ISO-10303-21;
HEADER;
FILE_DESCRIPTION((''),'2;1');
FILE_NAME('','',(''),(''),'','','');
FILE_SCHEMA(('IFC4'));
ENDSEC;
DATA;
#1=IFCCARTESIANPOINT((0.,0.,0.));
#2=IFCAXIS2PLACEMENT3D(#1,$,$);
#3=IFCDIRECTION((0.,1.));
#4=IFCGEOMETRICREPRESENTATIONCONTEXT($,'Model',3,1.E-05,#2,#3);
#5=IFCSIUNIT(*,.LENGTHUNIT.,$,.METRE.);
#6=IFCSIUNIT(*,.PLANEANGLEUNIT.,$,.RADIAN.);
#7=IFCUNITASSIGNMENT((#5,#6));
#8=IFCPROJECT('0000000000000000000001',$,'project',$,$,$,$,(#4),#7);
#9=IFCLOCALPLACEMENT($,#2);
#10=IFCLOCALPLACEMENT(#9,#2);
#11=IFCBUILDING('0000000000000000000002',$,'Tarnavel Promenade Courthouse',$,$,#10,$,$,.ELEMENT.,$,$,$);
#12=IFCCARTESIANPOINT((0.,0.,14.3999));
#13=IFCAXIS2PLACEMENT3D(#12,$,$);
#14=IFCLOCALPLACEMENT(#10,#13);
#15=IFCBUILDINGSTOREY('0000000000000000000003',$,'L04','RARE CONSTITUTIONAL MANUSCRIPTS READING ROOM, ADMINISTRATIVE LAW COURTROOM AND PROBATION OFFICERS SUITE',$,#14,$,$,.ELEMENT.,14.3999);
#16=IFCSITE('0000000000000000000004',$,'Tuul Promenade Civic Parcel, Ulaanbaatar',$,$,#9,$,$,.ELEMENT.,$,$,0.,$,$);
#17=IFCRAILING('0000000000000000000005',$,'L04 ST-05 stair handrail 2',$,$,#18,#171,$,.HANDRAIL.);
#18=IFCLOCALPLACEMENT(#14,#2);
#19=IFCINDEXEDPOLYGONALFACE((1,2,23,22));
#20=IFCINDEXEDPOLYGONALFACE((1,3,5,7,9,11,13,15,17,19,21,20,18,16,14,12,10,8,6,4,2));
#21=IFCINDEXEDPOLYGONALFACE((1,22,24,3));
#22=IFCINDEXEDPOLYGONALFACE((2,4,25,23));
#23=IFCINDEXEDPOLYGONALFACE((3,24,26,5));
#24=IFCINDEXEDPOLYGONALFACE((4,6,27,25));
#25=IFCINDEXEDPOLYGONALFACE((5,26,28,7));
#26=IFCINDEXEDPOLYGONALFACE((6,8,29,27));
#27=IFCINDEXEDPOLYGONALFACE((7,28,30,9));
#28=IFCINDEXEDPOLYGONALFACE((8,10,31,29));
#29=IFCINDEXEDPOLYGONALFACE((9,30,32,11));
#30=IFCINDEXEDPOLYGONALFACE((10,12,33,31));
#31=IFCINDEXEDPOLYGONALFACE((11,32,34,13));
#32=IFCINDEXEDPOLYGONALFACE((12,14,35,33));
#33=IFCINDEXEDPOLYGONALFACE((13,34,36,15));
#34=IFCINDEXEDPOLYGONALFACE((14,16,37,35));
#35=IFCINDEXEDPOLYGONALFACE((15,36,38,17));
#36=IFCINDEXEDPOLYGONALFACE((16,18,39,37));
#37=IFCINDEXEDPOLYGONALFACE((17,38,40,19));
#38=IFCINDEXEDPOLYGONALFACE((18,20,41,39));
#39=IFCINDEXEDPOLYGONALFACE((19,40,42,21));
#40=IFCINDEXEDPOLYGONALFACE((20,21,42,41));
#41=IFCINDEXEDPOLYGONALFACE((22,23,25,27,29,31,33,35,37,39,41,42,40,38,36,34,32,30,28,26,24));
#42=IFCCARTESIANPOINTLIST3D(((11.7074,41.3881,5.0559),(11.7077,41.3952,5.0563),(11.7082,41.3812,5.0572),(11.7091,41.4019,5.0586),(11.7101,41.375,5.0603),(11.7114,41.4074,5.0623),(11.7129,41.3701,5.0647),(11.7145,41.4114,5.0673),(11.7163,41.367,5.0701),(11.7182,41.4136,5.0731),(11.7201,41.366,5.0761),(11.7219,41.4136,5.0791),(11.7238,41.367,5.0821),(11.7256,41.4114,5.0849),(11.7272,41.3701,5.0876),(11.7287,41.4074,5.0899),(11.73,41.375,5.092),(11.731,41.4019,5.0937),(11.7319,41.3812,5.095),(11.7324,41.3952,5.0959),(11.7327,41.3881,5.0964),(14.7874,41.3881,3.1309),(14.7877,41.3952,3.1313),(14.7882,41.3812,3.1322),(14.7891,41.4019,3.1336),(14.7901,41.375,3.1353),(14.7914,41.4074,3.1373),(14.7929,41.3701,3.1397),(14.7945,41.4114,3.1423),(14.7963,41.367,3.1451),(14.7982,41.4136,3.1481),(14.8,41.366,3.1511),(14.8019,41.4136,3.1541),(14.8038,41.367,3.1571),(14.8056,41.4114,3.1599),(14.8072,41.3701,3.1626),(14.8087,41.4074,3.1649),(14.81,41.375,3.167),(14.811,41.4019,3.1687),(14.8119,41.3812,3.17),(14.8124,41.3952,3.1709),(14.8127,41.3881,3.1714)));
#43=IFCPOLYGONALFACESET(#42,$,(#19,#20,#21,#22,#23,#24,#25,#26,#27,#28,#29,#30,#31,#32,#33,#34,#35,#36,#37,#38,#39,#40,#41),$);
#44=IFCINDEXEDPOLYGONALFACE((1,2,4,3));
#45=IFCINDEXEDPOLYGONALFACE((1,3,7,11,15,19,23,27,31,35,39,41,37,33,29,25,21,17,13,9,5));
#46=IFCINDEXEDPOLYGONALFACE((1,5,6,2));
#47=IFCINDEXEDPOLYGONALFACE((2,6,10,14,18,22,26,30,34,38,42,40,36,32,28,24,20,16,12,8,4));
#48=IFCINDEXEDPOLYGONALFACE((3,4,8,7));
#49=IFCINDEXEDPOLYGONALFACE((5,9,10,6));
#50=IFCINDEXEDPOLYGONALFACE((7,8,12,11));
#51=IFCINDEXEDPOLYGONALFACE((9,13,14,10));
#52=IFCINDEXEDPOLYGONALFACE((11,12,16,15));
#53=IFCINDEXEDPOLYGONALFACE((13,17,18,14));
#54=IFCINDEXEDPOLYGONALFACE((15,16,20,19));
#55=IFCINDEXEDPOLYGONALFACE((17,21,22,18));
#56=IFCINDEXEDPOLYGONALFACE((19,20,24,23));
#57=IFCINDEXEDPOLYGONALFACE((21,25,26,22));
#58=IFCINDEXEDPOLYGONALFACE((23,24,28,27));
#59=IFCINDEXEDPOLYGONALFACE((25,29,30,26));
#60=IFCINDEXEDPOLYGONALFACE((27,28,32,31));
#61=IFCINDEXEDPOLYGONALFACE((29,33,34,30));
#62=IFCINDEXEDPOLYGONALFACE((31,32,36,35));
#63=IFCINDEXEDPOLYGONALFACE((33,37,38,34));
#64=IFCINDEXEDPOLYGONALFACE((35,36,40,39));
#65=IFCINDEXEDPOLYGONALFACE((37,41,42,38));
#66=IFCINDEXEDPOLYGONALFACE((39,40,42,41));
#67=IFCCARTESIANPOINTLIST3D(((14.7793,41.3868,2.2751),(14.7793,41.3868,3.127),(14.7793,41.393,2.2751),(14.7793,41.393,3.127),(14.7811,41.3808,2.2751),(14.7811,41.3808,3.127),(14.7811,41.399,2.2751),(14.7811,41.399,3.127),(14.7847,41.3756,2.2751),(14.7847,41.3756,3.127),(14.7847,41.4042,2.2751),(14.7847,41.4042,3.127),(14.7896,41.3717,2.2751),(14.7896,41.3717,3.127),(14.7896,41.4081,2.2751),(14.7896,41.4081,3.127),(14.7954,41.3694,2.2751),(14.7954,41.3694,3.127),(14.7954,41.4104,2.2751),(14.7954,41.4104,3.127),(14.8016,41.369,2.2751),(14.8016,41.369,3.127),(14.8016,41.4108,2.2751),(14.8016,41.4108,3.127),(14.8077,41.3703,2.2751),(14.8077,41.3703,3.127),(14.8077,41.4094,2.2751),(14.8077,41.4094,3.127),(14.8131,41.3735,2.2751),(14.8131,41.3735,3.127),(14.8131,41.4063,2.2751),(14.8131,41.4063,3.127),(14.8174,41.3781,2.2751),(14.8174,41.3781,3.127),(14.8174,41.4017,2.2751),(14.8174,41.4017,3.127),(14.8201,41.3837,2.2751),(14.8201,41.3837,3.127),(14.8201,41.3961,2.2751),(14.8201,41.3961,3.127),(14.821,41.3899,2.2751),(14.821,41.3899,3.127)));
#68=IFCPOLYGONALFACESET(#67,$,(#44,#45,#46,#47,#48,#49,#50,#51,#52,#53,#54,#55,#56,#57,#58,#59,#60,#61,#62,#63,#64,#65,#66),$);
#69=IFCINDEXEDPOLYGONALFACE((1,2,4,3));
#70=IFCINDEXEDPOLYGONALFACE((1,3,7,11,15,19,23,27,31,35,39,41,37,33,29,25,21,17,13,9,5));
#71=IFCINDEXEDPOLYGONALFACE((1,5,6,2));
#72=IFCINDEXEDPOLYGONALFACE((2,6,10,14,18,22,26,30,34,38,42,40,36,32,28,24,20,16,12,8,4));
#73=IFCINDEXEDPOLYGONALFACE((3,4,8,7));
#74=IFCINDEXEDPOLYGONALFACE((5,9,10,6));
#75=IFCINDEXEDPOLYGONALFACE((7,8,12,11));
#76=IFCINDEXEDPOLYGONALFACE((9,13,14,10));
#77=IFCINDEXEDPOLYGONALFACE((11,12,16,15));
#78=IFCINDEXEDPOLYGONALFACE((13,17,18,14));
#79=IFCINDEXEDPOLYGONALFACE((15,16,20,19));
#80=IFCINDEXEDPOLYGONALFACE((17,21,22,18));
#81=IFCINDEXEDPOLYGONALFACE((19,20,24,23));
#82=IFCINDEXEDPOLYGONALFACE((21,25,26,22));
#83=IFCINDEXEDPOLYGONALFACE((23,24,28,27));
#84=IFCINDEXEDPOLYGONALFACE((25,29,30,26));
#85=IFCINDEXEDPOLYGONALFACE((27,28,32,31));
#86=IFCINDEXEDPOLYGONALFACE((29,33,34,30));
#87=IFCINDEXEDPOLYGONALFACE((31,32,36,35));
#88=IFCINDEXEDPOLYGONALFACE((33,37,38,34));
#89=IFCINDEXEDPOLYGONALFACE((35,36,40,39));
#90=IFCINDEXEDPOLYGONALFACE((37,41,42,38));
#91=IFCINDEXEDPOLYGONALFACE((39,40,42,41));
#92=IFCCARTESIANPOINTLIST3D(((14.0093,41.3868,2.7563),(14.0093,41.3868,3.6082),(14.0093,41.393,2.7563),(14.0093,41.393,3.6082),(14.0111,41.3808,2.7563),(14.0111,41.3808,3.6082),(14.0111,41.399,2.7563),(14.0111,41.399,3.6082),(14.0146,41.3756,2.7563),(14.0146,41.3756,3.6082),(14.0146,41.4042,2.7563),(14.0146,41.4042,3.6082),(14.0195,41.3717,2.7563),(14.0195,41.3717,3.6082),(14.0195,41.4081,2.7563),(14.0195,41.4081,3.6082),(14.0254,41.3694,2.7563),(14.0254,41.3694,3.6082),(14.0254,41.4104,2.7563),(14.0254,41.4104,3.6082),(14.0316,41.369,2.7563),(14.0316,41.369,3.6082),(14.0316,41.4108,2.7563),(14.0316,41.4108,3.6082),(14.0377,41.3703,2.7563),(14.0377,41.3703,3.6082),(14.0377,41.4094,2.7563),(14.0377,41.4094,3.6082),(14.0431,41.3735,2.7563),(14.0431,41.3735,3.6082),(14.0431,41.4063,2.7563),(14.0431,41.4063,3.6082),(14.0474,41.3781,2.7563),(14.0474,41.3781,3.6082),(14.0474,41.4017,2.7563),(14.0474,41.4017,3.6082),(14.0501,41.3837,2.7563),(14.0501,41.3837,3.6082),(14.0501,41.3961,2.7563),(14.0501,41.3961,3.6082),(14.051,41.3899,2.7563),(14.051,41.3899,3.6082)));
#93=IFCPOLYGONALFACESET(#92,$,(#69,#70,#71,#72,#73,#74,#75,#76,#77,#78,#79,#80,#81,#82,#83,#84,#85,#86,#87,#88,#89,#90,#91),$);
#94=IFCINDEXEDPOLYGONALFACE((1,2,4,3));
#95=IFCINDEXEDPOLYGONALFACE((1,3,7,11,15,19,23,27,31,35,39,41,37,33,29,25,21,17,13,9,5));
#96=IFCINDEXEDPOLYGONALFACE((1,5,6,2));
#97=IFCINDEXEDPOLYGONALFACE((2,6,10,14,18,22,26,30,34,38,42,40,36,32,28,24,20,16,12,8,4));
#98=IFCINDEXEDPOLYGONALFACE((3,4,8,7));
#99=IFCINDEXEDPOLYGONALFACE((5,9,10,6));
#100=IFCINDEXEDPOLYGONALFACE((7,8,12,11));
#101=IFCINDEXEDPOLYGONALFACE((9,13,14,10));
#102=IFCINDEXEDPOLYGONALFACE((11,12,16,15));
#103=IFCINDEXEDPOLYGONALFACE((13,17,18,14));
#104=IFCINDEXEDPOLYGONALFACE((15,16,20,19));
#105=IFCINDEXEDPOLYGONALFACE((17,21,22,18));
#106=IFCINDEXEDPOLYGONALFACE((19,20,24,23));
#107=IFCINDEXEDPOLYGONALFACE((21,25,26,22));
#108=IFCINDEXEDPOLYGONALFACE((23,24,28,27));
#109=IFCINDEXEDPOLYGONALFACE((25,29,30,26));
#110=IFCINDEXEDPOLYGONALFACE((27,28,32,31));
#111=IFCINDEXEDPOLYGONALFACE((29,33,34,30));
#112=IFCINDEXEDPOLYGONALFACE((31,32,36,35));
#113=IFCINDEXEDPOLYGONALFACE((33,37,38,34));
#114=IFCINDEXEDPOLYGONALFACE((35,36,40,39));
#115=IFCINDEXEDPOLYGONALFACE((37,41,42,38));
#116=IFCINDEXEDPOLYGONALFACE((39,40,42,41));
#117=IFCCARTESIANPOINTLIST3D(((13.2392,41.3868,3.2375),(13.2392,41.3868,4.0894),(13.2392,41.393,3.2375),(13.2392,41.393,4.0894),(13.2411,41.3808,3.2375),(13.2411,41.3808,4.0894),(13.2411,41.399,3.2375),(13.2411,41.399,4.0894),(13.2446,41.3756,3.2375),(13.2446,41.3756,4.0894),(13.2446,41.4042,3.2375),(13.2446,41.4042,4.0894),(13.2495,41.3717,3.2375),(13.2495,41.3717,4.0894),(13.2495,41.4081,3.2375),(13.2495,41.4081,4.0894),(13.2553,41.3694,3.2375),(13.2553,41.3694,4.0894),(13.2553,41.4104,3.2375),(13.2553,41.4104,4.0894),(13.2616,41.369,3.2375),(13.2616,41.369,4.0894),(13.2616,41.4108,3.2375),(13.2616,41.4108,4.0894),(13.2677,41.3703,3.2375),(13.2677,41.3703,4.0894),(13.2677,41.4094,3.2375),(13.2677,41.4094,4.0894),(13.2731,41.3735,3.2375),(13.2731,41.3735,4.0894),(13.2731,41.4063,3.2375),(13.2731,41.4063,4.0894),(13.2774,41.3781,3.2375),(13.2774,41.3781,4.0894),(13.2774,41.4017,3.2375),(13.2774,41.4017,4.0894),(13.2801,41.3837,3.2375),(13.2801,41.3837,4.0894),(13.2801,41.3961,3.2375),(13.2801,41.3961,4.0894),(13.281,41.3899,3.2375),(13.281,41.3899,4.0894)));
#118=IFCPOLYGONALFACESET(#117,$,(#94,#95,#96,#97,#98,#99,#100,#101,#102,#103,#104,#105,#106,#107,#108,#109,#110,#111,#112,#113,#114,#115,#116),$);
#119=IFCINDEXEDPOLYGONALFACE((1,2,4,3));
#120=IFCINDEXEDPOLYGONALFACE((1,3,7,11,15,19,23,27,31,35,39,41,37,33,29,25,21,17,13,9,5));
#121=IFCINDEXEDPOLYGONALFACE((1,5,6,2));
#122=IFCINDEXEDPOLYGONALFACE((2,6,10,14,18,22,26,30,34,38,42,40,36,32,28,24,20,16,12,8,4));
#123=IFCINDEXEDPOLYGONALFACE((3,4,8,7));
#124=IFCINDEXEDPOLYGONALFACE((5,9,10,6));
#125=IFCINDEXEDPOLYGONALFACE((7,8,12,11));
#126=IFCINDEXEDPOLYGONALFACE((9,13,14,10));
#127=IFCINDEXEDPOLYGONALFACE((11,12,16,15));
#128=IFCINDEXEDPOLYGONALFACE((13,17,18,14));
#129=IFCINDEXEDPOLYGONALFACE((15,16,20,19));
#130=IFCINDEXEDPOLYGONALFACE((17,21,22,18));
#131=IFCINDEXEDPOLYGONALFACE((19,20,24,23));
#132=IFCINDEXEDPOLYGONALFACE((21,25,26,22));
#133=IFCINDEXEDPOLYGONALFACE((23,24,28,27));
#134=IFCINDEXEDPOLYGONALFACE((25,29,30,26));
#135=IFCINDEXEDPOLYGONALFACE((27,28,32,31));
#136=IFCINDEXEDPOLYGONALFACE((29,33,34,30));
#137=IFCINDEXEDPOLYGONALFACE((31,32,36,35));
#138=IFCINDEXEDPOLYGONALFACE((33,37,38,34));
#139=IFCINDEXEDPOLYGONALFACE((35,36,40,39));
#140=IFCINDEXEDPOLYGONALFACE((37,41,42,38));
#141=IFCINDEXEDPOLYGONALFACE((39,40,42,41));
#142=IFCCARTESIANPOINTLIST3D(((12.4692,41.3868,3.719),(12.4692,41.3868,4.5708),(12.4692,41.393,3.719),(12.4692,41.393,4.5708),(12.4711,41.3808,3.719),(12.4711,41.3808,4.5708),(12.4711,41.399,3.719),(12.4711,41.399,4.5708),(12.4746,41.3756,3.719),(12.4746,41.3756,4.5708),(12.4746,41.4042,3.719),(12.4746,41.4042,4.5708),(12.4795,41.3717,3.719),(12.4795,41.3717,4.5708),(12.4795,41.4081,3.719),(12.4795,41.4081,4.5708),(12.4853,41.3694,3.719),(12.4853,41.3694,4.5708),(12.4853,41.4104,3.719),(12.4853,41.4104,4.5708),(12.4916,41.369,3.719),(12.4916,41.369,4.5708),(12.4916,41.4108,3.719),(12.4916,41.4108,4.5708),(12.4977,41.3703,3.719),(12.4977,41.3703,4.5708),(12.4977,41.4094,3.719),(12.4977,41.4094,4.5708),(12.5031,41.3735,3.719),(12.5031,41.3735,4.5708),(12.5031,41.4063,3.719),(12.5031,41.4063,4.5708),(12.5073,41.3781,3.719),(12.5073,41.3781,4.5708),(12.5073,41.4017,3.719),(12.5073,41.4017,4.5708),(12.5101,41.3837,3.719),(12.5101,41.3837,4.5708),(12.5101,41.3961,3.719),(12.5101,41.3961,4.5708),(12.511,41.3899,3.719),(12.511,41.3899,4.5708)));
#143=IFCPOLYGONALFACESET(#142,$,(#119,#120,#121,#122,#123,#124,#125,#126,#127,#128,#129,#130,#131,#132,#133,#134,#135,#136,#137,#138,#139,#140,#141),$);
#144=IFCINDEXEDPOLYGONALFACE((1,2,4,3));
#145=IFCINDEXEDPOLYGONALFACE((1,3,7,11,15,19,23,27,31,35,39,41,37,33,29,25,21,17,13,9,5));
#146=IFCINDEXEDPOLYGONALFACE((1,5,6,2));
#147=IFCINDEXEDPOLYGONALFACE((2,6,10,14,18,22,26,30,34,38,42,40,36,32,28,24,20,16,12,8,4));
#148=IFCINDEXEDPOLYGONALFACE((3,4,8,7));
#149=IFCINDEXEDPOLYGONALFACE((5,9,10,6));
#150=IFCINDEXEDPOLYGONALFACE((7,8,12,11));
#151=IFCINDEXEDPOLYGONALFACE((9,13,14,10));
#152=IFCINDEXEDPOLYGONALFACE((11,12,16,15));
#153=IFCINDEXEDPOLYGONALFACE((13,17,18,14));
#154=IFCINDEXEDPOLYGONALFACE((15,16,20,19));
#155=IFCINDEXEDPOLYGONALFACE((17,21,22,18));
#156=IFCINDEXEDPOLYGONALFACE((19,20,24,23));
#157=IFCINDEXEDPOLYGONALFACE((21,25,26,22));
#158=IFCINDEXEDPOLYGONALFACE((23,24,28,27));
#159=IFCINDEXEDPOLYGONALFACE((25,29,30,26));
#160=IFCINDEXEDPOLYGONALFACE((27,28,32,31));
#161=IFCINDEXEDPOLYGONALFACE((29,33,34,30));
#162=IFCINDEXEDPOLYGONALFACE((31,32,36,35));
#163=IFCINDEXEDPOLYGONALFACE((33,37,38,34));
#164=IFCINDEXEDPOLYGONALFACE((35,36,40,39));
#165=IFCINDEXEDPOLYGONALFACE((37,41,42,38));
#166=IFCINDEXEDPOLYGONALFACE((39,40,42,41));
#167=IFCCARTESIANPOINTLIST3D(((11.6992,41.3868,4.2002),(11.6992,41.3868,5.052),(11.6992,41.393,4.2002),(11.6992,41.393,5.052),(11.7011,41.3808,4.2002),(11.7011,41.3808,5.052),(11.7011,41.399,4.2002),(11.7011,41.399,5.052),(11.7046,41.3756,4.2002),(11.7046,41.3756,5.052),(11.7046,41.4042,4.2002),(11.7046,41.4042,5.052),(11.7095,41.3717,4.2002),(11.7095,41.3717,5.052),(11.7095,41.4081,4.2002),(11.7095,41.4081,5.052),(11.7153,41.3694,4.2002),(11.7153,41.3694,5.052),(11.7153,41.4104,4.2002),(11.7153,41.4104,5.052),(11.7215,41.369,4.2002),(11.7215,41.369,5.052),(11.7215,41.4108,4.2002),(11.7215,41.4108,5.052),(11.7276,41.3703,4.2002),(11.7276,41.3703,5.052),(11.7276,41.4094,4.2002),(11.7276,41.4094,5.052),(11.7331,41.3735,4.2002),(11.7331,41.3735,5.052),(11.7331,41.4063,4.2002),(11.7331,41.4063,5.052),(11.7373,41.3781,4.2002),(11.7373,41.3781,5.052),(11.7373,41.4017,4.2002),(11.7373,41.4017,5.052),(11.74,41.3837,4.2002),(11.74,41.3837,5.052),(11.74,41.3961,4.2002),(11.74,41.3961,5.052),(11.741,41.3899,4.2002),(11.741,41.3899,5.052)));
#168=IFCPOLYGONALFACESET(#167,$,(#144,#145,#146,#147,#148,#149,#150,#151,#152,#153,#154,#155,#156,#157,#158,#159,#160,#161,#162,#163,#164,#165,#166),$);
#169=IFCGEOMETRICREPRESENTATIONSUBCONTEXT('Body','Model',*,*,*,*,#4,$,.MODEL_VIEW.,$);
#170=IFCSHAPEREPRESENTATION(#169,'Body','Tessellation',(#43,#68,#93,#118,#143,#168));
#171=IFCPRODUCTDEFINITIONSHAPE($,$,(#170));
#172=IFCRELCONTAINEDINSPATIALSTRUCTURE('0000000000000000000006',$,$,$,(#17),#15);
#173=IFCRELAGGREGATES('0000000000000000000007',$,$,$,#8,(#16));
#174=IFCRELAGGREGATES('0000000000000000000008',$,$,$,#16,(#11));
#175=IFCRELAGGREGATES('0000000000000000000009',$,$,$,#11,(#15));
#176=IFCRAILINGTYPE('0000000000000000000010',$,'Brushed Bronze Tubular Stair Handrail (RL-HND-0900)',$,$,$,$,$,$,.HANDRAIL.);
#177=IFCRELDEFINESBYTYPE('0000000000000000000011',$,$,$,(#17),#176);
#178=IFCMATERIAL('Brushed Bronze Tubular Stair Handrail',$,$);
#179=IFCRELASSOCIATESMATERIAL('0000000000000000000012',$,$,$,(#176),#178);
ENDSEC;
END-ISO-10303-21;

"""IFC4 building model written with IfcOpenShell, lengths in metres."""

from ifc_helpers import new_model, si_unit, direction, frame, origin, origin_2d, place, context, subcontext, project, spatial, circle, extrude, material, type_object, element, save


model = new_model("IFC4")

# Units and contexts
model_context = context("Model", 3, precision=1e-05, world=origin(), true_north=direction((0.0, 1.0)))
body_context = subcontext(model_context, "Body", "Model", "MODEL_VIEW")
ifc_project = project(units=[si_unit("LENGTHUNIT", "METRE"), si_unit("PLANEANGLEUNIT", "RADIAN")], contexts=[model_context])

# Site, building, storey
site_placement = place(None, origin())
site = spatial("IfcSite", under=ifc_project, at=site_placement, Name="Tuul Promenade Civic Parcel, Ulaanbaatar", CompositionType="ELEMENT", RefElevation=0.0)
building_placement = place(site_placement, origin())
building = spatial("IfcBuilding", under=site, at=building_placement, Name="Tarnavel Promenade Courthouse", CompositionType="ELEMENT")
storey_placement = place(building_placement, frame((0.0, 0.0, 14.3999)))
storey = spatial("IfcBuildingStorey", under=building, at=storey_placement, Name="L04", Description="RARE CONSTITUTIONAL MANUSCRIPTS READING ROOM, ADMINISTRATIVE LAW COURTROOM AND PROBATION OFFICERS SUITE", CompositionType="ELEMENT", Elevation=14.3999)

# Railing
ifc_material_1 = material(Name="Brushed Bronze Tubular Stair Handrail")
railing_type_1 = type_object("IfcRailingType", Name="Brushed Bronze Tubular Stair Handrail (RL-HND-0900)", PredefinedType="HANDRAIL", material=ifc_material_1)
railing_1_placement = place(storey_placement, frame((14.8, 41.3899, 2.2751)))
element("IfcRailing", 1, at=railing_1_placement, inside=storey, type_object=railing_type_1, Name="L04 ST-05 stair handrail 2", PredefinedType="HANDRAIL", context=body_context, shape_type="SweptSolid", body=[
    extrude(circle(Radius=0.0239, at=origin_2d()), frame((0.0, 0.0, 0.876), z_axis=(-0.847998, 0.0, 0.529999), x_axis=(0.0, -1.0, 0.0)), (0.0, 0.0, 1.0), 3.6321),
    extrude(circle(Radius=0.021, at=origin_2d()), origin(), (0.0, 0.0, 1.0), 0.8518),
    extrude(circle(Radius=0.021, at=origin_2d()), frame((-0.77, 0.0, 0.4812)), (0.0, 0.0, 1.0), 0.8518),
    extrude(circle(Radius=0.021, at=origin_2d()), frame((-1.54, 0.0, 0.9624)), (0.0, 0.0, 1.0), 0.8518),
    extrude(circle(Radius=0.021, at=origin_2d()), frame((-2.3101, 0.0, 1.4438)), (0.0, 0.0, 1.0), 0.8518),
    extrude(circle(Radius=0.021, at=origin_2d()), frame((-3.0801, 0.0, 1.925)), (0.0, 0.0, 1.0), 0.8518),
])

save(model, "model.ifc")
